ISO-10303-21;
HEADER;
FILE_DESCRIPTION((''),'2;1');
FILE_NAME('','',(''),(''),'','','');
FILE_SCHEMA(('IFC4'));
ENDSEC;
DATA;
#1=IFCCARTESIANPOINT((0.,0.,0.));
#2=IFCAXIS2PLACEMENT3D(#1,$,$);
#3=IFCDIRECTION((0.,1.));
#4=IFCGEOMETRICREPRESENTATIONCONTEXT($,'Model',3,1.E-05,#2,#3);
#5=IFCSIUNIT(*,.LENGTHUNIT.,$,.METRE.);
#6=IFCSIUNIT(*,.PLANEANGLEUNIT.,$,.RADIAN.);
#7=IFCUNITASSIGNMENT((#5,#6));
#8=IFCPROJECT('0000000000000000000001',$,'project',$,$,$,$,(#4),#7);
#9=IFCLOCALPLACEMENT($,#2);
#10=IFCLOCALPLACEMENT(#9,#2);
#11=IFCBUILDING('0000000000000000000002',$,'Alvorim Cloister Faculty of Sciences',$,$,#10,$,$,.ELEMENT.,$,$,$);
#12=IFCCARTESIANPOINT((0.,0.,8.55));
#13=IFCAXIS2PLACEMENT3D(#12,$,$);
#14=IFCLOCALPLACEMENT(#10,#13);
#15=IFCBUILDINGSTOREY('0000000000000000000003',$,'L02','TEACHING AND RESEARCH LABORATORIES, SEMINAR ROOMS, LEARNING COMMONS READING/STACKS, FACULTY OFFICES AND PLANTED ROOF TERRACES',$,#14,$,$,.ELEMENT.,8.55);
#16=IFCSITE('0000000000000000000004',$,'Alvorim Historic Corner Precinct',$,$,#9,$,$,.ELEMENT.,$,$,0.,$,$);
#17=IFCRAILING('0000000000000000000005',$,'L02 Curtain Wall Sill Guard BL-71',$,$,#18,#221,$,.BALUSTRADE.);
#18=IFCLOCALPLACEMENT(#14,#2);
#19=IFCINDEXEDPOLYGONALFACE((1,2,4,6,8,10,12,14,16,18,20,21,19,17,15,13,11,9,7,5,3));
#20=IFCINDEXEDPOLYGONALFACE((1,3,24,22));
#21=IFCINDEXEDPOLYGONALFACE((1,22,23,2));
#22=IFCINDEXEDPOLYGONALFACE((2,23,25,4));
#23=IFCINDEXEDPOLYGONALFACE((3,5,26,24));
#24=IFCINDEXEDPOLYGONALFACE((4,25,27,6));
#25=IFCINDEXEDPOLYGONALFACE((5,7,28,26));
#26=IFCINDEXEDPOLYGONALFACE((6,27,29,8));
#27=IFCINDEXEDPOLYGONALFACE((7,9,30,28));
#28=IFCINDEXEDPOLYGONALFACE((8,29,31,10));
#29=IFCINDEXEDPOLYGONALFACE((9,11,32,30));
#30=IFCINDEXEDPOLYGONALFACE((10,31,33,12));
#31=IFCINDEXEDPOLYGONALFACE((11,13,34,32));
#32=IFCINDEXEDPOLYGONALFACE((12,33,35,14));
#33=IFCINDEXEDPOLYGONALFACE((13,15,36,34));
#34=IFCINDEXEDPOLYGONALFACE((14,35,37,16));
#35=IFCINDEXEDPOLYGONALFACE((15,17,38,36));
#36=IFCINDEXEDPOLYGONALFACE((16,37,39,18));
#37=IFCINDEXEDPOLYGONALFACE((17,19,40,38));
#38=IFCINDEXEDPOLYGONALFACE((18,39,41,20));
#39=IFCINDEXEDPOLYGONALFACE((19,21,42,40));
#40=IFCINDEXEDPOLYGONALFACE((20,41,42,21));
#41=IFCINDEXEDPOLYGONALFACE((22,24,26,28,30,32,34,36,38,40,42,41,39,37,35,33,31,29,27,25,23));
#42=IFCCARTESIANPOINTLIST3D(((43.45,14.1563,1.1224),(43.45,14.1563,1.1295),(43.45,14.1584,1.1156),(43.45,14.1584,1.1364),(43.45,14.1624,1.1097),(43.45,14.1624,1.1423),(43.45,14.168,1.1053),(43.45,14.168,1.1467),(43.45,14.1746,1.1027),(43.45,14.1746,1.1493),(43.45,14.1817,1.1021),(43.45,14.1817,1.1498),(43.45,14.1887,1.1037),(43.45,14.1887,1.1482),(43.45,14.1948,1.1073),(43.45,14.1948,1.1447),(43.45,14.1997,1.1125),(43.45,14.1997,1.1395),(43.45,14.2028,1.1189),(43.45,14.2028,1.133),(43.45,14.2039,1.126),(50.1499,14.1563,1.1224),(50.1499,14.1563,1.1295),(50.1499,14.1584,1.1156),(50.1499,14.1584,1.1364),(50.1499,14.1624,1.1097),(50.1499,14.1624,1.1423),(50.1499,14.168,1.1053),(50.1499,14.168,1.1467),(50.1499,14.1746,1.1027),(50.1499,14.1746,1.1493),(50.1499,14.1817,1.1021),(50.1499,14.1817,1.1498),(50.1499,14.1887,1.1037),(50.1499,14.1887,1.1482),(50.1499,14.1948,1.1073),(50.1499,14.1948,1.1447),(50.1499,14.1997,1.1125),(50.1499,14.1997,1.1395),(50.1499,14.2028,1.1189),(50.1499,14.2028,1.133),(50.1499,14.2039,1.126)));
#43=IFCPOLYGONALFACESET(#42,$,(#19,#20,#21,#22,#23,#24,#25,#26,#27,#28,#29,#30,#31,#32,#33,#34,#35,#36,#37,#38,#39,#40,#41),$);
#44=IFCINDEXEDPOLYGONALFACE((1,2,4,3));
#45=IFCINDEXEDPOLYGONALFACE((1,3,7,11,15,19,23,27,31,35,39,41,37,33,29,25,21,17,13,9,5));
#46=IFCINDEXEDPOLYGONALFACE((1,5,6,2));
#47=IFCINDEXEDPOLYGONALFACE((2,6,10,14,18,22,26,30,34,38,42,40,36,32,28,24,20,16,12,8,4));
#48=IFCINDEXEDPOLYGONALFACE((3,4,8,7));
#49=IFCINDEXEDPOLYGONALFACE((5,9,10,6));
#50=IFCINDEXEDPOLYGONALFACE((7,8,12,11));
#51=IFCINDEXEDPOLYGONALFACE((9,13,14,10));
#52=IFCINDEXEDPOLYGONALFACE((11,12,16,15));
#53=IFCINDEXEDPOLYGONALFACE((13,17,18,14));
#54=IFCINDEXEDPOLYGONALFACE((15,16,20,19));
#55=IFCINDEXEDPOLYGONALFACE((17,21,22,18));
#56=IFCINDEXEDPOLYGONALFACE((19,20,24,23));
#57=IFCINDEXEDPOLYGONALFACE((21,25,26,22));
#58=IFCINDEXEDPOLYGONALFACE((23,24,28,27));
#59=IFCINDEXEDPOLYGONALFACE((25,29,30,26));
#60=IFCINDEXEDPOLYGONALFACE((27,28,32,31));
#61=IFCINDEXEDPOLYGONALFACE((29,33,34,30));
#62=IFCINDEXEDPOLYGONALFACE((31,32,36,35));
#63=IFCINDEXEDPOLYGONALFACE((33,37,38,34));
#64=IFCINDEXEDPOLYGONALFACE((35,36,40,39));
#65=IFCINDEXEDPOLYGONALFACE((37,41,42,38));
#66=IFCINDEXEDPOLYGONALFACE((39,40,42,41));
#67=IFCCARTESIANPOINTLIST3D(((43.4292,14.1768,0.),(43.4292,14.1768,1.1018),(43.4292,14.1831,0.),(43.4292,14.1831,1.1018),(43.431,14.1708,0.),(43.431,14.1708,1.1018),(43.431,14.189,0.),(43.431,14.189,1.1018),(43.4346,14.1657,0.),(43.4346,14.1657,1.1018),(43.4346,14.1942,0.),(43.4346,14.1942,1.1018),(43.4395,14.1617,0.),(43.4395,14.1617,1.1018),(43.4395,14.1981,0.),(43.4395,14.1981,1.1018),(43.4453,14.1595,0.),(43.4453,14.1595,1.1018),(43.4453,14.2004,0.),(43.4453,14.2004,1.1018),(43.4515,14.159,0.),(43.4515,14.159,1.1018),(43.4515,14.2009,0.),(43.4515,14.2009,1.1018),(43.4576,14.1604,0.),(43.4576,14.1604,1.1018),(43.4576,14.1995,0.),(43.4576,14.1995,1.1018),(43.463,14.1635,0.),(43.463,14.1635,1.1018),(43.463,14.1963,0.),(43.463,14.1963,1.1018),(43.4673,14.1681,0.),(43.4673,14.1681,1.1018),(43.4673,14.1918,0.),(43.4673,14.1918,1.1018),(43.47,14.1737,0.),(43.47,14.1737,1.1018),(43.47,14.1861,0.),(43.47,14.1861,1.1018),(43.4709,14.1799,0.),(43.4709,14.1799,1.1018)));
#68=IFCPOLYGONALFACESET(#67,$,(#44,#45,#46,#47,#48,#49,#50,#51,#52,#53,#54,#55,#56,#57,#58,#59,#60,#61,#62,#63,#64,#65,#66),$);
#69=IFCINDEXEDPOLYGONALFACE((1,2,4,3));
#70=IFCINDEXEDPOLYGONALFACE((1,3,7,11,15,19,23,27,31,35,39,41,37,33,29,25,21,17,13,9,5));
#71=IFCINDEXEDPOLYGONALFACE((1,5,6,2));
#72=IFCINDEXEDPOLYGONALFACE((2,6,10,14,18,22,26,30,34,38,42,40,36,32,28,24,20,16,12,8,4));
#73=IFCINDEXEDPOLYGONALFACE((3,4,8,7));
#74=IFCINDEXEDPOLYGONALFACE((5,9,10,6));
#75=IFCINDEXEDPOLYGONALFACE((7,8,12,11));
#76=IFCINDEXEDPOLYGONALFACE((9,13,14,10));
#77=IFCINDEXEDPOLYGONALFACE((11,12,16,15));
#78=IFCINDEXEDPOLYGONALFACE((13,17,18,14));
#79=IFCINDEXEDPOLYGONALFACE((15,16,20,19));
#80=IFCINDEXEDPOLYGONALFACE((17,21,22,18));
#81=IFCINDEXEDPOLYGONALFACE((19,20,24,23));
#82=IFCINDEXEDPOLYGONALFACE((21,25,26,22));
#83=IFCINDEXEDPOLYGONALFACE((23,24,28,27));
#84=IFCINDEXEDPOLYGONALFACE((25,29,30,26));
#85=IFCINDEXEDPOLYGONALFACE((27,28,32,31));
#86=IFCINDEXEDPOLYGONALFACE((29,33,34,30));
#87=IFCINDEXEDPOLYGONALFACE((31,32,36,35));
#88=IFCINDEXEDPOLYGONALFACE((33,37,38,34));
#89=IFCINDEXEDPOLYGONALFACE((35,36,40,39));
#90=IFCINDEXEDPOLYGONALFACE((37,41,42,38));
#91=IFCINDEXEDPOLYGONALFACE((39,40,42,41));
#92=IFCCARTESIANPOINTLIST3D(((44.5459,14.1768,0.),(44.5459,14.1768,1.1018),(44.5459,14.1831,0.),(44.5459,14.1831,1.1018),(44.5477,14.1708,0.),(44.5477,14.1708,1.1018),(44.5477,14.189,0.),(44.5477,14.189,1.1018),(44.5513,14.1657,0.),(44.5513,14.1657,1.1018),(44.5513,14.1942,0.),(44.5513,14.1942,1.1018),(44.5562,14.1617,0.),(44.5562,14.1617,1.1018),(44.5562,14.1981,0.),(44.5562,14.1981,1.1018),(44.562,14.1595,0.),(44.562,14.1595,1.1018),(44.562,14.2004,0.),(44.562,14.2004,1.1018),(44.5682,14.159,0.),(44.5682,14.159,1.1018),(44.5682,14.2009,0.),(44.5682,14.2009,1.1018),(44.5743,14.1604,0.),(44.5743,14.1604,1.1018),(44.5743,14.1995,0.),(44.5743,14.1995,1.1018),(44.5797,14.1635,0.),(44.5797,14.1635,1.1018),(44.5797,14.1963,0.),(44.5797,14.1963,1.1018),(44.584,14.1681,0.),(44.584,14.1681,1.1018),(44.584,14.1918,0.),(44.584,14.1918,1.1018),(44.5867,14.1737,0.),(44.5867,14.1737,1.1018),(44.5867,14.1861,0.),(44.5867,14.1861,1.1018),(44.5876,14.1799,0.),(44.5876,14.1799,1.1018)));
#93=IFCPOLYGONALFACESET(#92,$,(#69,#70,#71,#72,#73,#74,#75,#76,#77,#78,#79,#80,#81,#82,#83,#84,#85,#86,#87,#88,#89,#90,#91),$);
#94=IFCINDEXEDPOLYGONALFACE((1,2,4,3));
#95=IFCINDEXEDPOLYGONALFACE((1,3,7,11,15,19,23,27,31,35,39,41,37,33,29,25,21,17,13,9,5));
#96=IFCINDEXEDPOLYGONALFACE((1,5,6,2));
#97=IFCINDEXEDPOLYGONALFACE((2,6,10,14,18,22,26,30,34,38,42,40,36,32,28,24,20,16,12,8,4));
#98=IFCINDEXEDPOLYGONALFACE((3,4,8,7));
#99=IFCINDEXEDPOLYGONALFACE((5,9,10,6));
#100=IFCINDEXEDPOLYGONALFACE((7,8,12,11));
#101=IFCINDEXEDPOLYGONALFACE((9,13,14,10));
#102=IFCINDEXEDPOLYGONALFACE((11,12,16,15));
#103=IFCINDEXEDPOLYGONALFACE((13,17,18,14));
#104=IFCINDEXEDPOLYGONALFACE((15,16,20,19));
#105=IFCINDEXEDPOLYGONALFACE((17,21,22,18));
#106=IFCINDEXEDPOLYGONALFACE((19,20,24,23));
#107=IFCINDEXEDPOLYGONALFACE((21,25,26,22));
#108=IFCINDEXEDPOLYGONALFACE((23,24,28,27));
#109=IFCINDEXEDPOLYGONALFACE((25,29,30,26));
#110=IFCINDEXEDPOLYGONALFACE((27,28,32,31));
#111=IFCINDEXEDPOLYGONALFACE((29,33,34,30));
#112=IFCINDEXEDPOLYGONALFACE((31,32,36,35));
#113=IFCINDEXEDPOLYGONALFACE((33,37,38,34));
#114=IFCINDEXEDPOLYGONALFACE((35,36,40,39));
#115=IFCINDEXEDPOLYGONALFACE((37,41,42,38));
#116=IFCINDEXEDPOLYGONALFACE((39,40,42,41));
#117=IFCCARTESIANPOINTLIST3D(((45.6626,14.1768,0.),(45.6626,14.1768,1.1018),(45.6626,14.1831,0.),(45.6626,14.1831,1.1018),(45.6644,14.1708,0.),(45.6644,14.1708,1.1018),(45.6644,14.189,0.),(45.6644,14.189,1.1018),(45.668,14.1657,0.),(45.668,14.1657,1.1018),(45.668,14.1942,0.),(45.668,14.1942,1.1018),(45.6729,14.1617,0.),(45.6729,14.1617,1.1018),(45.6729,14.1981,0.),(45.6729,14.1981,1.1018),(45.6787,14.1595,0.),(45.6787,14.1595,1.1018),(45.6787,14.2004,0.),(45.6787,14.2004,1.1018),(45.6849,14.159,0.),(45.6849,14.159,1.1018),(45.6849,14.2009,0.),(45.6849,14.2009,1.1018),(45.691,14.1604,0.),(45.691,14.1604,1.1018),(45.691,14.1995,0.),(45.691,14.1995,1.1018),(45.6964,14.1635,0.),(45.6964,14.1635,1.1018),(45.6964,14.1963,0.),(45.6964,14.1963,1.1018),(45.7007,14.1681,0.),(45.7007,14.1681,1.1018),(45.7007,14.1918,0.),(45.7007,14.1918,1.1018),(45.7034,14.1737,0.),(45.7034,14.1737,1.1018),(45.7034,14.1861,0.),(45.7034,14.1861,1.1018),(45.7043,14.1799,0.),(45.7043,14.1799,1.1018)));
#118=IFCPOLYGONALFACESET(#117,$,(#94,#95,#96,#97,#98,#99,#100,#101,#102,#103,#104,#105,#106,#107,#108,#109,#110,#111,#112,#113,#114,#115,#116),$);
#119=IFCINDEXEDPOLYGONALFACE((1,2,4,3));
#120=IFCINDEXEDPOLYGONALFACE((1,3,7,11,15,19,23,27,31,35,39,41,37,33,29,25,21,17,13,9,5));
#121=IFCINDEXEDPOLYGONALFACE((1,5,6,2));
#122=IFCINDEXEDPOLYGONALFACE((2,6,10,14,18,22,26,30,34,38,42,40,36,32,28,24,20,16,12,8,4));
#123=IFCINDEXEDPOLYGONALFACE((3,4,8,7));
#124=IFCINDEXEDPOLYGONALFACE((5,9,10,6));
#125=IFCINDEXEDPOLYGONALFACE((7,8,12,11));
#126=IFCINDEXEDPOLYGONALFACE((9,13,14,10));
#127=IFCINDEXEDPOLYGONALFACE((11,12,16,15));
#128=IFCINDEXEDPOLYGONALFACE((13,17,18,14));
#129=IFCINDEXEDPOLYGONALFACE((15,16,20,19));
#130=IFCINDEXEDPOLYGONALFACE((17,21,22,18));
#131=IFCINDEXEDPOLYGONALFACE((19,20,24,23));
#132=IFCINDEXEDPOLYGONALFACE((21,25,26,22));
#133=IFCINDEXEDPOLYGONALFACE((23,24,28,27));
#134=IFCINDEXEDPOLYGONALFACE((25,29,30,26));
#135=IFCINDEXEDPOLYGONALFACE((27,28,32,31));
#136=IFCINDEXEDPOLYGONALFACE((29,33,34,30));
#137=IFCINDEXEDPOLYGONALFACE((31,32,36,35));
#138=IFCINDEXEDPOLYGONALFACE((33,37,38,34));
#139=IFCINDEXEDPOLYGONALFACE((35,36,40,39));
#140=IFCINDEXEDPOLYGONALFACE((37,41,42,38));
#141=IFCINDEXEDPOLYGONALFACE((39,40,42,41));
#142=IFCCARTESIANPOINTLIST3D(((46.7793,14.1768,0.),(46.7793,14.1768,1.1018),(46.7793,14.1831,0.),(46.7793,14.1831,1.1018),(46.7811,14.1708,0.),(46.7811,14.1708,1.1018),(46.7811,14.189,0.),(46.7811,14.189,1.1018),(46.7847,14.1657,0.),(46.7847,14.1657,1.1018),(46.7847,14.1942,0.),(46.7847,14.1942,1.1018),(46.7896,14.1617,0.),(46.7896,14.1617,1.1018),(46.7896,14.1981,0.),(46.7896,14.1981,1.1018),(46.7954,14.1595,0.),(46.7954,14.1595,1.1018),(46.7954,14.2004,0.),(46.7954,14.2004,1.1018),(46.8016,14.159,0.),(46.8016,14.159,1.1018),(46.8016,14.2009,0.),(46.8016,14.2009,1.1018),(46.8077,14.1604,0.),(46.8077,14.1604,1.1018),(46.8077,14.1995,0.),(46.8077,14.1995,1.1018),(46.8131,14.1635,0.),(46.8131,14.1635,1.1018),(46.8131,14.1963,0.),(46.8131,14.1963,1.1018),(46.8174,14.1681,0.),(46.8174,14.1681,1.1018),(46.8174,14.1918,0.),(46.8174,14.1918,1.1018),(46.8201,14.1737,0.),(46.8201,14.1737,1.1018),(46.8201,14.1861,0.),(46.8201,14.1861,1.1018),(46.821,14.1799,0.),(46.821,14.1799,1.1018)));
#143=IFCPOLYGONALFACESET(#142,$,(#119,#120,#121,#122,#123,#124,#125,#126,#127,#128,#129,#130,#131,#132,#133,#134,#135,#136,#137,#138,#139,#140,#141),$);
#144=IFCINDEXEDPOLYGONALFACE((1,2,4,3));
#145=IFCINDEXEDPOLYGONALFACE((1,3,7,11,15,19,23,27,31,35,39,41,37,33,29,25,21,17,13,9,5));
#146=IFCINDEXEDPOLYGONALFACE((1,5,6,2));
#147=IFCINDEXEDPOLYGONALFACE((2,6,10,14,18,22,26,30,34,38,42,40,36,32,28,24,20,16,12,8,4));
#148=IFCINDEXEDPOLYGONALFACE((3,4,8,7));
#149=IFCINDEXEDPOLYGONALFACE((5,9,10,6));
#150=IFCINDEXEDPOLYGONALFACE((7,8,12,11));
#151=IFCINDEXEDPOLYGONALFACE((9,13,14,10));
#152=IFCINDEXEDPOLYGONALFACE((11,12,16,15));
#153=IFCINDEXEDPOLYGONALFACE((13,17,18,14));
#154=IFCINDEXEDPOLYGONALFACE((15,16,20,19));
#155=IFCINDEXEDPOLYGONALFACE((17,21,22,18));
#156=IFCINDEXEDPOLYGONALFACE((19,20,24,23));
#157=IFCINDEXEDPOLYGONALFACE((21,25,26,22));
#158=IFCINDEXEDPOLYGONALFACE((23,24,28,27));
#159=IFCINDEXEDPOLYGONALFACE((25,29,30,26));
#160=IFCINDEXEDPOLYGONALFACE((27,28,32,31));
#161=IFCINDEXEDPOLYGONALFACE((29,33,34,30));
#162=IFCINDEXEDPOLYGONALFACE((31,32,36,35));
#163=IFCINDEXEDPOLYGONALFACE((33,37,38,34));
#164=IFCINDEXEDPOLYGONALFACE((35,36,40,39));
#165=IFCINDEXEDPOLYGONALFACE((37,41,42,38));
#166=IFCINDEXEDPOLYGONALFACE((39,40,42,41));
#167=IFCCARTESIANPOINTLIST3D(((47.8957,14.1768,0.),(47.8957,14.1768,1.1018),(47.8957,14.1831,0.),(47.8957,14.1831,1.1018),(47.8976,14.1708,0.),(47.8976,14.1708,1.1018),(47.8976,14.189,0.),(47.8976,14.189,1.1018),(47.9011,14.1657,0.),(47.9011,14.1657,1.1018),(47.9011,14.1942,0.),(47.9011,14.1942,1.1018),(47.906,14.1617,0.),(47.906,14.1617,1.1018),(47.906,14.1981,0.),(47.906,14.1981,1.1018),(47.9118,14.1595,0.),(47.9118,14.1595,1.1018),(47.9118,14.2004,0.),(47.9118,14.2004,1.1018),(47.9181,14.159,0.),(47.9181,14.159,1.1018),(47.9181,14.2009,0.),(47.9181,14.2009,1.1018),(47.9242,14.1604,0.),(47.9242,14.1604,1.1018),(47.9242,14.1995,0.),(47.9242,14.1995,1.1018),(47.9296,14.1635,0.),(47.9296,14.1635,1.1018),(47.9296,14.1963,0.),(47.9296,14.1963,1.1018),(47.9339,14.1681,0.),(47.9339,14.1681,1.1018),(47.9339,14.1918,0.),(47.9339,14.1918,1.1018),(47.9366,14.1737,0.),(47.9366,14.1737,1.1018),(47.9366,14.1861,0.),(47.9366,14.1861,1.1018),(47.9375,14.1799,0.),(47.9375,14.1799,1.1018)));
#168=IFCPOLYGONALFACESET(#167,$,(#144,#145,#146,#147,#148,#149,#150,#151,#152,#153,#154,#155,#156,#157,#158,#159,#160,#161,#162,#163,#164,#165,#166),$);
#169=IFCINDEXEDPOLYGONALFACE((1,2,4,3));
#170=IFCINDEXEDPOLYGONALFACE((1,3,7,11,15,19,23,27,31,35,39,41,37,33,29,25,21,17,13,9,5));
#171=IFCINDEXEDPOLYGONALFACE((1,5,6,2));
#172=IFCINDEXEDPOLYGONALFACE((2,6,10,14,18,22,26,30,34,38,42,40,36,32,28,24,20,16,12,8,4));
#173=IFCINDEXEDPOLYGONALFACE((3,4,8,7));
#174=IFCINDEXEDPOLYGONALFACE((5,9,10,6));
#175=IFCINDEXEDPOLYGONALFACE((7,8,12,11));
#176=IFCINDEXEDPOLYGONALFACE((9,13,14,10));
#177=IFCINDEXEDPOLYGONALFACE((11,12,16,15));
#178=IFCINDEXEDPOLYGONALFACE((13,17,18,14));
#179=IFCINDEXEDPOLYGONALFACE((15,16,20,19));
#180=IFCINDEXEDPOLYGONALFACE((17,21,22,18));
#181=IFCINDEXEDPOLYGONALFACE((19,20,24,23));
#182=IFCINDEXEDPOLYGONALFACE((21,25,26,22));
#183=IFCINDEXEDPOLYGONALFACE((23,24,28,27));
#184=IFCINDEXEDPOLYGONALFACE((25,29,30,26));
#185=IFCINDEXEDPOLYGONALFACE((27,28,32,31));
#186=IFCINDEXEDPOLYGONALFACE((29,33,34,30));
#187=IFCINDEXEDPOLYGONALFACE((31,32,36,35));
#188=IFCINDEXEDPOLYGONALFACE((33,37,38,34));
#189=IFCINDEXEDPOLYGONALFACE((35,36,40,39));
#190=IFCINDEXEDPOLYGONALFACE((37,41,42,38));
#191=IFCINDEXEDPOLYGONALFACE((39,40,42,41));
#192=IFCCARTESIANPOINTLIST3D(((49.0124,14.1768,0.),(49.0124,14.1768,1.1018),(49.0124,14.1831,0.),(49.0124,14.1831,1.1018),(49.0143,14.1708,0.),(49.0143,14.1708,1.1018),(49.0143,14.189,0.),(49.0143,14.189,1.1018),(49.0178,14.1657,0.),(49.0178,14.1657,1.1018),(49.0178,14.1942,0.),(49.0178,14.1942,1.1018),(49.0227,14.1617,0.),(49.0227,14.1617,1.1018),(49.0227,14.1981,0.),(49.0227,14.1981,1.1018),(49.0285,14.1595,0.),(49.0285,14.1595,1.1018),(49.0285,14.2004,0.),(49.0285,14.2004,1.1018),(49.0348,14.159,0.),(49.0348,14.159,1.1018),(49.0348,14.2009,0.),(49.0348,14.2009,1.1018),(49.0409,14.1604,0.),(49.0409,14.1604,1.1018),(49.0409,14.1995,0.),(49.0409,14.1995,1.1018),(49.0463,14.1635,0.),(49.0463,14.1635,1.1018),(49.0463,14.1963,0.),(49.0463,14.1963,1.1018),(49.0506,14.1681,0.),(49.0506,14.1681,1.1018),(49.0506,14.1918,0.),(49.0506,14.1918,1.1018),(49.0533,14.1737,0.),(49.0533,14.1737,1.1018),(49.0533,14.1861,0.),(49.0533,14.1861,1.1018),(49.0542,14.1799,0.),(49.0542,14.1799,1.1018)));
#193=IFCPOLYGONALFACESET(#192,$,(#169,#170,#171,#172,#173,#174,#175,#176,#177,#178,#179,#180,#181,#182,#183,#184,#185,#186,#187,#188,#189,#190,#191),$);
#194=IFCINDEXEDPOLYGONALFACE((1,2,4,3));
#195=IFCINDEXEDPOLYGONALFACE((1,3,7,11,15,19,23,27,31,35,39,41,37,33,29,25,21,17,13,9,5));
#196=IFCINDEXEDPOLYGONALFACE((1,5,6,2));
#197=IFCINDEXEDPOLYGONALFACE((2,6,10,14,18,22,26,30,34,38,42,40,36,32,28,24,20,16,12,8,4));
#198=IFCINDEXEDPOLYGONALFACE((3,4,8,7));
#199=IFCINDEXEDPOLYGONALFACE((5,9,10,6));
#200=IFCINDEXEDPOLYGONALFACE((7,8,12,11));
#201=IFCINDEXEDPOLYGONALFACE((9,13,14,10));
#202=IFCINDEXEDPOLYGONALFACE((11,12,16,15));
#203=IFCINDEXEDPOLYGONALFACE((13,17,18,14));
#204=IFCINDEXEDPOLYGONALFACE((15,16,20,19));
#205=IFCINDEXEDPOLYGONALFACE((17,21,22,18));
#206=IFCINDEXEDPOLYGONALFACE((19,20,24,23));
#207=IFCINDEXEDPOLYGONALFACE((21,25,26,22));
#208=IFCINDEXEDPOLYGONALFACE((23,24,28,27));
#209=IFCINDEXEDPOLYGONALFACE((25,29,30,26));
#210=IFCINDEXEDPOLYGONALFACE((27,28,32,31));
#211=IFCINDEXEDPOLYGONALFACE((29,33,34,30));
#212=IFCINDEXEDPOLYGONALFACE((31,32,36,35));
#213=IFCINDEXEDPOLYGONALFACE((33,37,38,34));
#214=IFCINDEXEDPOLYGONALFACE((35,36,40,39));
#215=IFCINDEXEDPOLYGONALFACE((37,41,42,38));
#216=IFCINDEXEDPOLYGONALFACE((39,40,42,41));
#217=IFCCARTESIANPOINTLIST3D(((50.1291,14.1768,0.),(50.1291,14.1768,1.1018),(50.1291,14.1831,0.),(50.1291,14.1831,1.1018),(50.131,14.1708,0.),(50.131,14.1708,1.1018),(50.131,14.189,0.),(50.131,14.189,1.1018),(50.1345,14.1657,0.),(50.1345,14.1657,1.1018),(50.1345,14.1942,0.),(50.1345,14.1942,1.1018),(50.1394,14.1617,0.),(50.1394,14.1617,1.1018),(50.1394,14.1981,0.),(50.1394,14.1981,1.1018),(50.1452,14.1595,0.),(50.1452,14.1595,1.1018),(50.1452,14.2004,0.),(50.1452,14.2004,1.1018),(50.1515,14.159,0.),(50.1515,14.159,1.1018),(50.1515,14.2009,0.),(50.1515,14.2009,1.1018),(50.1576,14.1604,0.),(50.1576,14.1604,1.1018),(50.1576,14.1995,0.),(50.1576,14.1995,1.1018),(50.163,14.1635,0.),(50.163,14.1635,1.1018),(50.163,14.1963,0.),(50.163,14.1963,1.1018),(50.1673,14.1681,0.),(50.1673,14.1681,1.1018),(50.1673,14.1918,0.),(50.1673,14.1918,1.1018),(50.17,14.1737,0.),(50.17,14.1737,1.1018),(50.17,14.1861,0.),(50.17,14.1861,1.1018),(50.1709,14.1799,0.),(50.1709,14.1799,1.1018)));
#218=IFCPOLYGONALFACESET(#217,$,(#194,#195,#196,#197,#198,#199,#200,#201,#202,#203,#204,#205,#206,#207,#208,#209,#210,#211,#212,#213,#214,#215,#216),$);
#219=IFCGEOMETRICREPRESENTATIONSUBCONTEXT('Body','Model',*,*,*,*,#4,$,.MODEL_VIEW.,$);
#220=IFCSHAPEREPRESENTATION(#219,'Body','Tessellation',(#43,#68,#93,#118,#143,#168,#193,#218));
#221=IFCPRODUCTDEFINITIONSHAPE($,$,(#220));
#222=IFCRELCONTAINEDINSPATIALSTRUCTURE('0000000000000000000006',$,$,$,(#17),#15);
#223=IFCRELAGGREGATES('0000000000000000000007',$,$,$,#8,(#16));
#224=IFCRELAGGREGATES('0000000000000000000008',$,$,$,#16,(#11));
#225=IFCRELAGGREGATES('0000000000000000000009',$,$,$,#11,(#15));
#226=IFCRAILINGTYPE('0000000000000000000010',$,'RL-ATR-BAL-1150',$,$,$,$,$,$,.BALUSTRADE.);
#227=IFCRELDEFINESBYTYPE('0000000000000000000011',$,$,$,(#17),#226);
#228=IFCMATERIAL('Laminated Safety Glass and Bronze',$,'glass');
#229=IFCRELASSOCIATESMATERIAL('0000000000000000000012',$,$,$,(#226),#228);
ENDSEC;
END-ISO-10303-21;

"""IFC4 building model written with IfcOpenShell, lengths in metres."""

from ifc_helpers import new_model, si_unit, direction, frame, origin, origin_2d, place, context, subcontext, project, spatial, circle, extrude, material, type_object, element, save


model = new_model("IFC4")

# Units and contexts
model_context = context("Model", 3, precision=1e-05, world=origin(), true_north=direction((0.0, 1.0)))
body_context = subcontext(model_context, "Body", "Model", "MODEL_VIEW")
ifc_project = project(units=[si_unit("LENGTHUNIT", "METRE"), si_unit("PLANEANGLEUNIT", "RADIAN")], contexts=[model_context])

# Site, building, storey
site_placement = place(None, origin())
site = spatial("IfcSite", under=ifc_project, at=site_placement, Name="Alvorim Historic Corner Precinct", CompositionType="ELEMENT", RefElevation=0.0)
building_placement = place(site_placement, origin())
building = spatial("IfcBuilding", under=site, at=building_placement, Name="Alvorim Cloister Faculty of Sciences", CompositionType="ELEMENT")
storey_placement = place(building_placement, frame((0.0, 0.0, 8.55)))
storey = spatial("IfcBuildingStorey", under=building, at=storey_placement, Name="L02", Description="TEACHING AND RESEARCH LABORATORIES, SEMINAR ROOMS, LEARNING COMMONS READING/STACKS, FACULTY OFFICES AND PLANTED ROOF TERRACES", CompositionType="ELEMENT", Elevation=8.55)

# Railing
ifc_material_1 = material(Name="Laminated Safety Glass and Bronze", Category="glass")
railing_type = type_object("IfcRailingType", Name="RL-ATR-BAL-1150", PredefinedType="BALUSTRADE", material=ifc_material_1)
railing_placement = place(storey_placement, frame((43.45, 14.1799, 0.0)))
element("IfcRailing", 1, at=railing_placement, inside=storey, type_object=railing_type, Name="L02 Curtain Wall Sill Guard BL-71", PredefinedType="BALUSTRADE", context=body_context, shape_type="SweptSolid", body=[
    extrude(circle(Radius=0.0239, at=origin_2d()), frame((0.0, 0.0, 1.126), z_axis=(1.0, 0.0, 0.0), x_axis=(0.0, 1.0, 0.0)), (0.0, 0.0, 1.0), 6.7),
    extrude(circle(Radius=0.021, at=origin_2d()), origin(), (0.0, 0.0, 1.0), 1.1018),
    extrude(circle(Radius=0.021, at=origin_2d()), frame((1.1167, 0.0, 0.0)), (0.0, 0.0, 1.0), 1.1018),
    extrude(circle(Radius=0.021, at=origin_2d()), frame((2.2334, 0.0, 0.0)), (0.0, 0.0, 1.0), 1.1018),
    extrude(circle(Radius=0.021, at=origin_2d()), frame((3.3501, 0.0, 0.0)), (0.0, 0.0, 1.0), 1.1018),
    extrude(circle(Radius=0.021, at=origin_2d()), frame((4.4666, 0.0, 0.0)), (0.0, 0.0, 1.0), 1.1018),
    extrude(circle(Radius=0.021, at=origin_2d()), frame((5.5833, 0.0, 0.0)), (0.0, 0.0, 1.0), 1.1018),
    extrude(circle(Radius=0.021, at=origin_2d()), frame((6.7, 0.0, 0.0)), (0.0, 0.0, 1.0), 1.1018),
])

save(model, "model.ifc")
